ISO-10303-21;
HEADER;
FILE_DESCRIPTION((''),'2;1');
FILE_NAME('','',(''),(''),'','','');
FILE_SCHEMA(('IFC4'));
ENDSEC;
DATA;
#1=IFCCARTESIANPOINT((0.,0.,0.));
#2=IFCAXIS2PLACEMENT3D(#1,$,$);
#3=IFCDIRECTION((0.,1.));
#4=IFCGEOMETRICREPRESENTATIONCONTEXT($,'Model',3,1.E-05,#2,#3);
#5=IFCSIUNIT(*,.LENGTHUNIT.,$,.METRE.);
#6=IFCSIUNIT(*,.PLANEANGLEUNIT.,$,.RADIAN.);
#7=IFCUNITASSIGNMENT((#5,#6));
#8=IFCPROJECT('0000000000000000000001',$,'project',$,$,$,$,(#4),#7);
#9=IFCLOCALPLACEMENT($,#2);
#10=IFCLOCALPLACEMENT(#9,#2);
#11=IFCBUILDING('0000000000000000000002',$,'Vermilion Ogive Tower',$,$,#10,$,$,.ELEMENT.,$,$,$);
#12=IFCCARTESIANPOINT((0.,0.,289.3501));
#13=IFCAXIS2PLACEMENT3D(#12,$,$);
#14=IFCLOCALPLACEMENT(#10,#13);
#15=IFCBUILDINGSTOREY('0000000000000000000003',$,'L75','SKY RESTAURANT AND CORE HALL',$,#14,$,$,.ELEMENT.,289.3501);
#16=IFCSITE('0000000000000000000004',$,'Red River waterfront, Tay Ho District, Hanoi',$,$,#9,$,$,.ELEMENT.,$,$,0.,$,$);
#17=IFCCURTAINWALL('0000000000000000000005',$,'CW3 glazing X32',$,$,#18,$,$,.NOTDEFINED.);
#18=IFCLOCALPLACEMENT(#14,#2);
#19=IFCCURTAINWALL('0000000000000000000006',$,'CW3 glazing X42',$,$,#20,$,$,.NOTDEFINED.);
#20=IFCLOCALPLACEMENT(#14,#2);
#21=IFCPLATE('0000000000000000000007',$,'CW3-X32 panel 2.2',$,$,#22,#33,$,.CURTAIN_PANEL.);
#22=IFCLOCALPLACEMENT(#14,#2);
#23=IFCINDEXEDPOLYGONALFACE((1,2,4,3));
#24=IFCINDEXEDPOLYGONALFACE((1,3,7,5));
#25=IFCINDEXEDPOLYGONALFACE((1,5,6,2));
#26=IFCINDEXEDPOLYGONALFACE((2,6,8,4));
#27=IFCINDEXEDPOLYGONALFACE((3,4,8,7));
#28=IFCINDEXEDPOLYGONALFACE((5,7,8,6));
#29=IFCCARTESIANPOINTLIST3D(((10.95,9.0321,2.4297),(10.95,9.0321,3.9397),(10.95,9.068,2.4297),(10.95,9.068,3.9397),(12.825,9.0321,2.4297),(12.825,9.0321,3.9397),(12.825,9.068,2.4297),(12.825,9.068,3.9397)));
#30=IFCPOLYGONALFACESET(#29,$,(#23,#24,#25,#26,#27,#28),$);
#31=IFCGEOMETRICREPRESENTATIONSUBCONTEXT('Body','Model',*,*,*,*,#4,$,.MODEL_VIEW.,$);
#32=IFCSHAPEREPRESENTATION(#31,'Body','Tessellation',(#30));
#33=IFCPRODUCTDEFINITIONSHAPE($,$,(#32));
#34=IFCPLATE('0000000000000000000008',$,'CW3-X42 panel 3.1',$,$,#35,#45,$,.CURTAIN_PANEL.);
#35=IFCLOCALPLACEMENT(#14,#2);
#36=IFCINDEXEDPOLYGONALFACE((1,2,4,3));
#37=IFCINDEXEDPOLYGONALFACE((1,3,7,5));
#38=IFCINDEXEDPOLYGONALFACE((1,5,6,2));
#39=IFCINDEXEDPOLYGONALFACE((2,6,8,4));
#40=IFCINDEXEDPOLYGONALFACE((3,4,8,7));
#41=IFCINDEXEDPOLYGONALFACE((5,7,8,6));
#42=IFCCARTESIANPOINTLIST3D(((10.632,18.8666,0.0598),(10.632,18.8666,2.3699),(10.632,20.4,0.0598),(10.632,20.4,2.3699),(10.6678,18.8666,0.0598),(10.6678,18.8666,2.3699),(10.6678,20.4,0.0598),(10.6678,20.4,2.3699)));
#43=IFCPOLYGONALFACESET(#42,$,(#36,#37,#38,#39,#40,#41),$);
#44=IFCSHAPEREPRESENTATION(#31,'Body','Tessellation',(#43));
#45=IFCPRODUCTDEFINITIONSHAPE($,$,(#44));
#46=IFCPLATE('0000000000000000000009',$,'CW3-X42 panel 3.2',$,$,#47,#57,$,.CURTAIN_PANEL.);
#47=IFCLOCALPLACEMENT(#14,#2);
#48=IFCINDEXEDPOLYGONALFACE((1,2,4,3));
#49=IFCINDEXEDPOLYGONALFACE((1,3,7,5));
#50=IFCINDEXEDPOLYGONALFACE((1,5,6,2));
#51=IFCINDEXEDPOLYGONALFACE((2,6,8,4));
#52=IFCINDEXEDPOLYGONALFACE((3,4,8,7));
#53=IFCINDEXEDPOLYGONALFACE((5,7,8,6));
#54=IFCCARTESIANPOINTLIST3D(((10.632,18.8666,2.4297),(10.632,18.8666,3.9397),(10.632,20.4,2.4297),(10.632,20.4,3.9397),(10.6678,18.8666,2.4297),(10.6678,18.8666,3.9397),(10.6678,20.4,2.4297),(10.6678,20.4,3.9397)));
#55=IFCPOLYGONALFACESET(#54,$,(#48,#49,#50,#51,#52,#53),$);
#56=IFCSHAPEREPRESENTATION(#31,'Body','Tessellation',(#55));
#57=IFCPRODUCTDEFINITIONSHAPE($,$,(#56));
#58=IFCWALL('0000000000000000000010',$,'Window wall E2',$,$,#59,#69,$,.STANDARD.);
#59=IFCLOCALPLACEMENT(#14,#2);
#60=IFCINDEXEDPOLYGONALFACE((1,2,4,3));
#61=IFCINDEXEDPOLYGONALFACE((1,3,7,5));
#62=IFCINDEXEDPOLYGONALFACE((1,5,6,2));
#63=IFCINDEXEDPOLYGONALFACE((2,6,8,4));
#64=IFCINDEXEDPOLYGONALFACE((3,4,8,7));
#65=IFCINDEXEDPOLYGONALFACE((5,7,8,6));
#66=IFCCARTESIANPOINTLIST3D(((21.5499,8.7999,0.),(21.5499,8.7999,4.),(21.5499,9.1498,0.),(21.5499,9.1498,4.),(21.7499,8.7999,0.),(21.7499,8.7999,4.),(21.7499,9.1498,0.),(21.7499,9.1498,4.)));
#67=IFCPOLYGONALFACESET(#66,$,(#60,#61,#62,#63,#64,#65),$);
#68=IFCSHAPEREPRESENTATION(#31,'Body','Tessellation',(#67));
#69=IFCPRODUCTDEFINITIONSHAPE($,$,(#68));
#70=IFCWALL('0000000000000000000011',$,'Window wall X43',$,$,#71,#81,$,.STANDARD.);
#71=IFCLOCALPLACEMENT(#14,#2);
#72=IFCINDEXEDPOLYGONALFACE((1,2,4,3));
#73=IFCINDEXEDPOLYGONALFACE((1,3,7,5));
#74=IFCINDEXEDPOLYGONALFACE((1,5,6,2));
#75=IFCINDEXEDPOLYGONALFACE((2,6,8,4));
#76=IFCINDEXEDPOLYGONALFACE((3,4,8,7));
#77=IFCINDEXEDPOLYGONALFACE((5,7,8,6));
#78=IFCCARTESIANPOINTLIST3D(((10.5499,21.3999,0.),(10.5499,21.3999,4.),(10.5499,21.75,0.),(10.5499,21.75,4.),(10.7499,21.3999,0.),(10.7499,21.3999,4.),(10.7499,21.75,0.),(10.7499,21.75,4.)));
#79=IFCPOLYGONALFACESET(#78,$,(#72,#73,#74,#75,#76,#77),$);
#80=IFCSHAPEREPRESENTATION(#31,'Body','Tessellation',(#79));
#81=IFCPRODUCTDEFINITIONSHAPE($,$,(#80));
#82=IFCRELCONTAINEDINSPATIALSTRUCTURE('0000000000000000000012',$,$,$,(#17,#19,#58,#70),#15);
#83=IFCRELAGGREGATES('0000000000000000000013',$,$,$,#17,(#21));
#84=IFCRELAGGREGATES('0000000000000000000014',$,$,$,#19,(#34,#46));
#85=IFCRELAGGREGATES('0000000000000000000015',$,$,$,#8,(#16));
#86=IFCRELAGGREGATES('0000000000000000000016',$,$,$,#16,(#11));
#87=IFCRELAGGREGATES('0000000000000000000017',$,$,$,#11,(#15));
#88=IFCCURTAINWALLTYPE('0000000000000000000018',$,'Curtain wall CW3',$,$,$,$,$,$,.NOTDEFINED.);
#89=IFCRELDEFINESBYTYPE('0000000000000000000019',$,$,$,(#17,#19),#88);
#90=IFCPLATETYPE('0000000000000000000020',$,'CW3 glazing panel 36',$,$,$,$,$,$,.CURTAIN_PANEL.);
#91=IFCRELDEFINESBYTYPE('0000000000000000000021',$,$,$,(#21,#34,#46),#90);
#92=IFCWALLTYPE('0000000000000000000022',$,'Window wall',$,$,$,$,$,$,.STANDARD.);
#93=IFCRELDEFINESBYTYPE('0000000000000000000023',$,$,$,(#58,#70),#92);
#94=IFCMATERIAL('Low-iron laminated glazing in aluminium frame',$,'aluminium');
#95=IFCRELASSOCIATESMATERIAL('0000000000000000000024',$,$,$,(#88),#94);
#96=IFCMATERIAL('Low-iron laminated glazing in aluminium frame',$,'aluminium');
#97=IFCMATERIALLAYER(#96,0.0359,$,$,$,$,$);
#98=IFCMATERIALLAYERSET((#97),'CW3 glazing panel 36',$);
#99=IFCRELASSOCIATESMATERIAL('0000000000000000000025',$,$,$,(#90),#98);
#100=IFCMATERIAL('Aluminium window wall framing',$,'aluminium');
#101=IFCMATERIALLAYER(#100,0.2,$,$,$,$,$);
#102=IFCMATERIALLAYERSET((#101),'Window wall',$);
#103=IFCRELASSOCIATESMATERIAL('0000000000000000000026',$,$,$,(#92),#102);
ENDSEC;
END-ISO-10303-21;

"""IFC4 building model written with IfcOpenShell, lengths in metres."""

from ifc_helpers import new_model, si_unit, direction, frame, frame_2d, origin, origin_2d, place, context, subcontext, project, spatial, rectangle, extrude, material, layer, layer_set, type_object, element, aggregate, save


model = new_model("IFC4")

# Units and contexts
model_context = context("Model", 3, precision=1e-05, world=origin(), true_north=direction((0.0, 1.0)))
body_context = subcontext(model_context, "Body", "Model", "MODEL_VIEW")
ifc_project = project(units=[si_unit("LENGTHUNIT", "METRE"), si_unit("PLANEANGLEUNIT", "RADIAN")], contexts=[model_context])

# Site, building, storey
site_placement = place(None, origin())
site = spatial("IfcSite", under=ifc_project, at=site_placement, Name="Red River waterfront, Tay Ho District, Hanoi", CompositionType="ELEMENT", RefElevation=0.0)
building_placement = place(site_placement, origin())
building = spatial("IfcBuilding", under=site, at=building_placement, Name="Vermilion Ogive Tower", CompositionType="ELEMENT")
storey_placement = place(building_placement, frame((0.0, 0.0, 289.3501)))
storey = spatial("IfcBuildingStorey", under=building, at=storey_placement, Name="L75", Description="SKY RESTAURANT AND CORE HALL", CompositionType="ELEMENT", Elevation=289.3501)

# Curtain wall
ifc_material_1 = material(Name="Low-iron laminated glazing in aluminium frame", Category="aluminium")
curtain_wall_type = type_object("IfcCurtainWallType", Name="Curtain wall CW3", PredefinedType="NOTDEFINED", material=ifc_material_1)
curtain_wall_1_placement = place(storey_placement, origin())
curtain_wall_1 = element("IfcCurtainWall", 1, at=curtain_wall_1_placement, inside=storey, type_object=curtain_wall_type, Name="CW3 glazing X32", PredefinedType="NOTDEFINED")

# Curtain wall
curtain_wall_2_placement = place(storey_placement, origin())
curtain_wall_2 = element("IfcCurtainWall", 2, at=curtain_wall_2_placement, inside=storey, type_object=curtain_wall_type, Name="CW3 glazing X42", PredefinedType="NOTDEFINED")

# Plates
ifc_material_2 = material(Name="Low-iron laminated glazing in aluminium frame", Category="aluminium")
ifc_layer_1 = layer(ifc_material_2, 0.0359)
ifc_layer_set_1 = layer_set([ifc_layer_1], Name="CW3 glazing panel 36")
plate_type = type_object("IfcPlateType", Name="CW3 glazing panel 36", PredefinedType="CURTAIN_PANEL", material=ifc_layer_set_1)
plate_1_placement = place(storey_placement, frame((11.8875, 9.05, 2.4297), z_axis=(0.0, 0.0, 1.0), x_axis=(-1.0, 0.0, 0.0)))
plate_1 = element("IfcPlate", 3, at=plate_1_placement, type_object=plate_type, Name="CW3-X32 panel 2.2", PredefinedType="CURTAIN_PANEL", context=body_context, shape_type="SweptSolid", body=[
    extrude(rectangle(XDim=1.875, YDim=0.0359, at=origin_2d()), origin(), (0.0, 0.0, 1.0), 1.51),
])
aggregate(curtain_wall_1, [plate_1])
plate_2_placement = place(storey_placement, frame((10.6499, 19.6333, 0.0598), z_axis=(0.0, 0.0, 1.0), x_axis=(0.0, 1.0, 0.0)))
plate_2 = element("IfcPlate", 4, at=plate_2_placement, type_object=plate_type, Name="CW3-X42 panel 3.1", PredefinedType="CURTAIN_PANEL", context=body_context, shape_type="SweptSolid", body=[
    extrude(rectangle(XDim=1.5334, YDim=0.0359, at=origin_2d()), origin(), (0.0, 0.0, 1.0), 2.3101),
])
plate_3_placement = place(storey_placement, frame((10.6499, 19.6333, 2.4297), z_axis=(0.0, 0.0, 1.0), x_axis=(0.0, 1.0, 0.0)))
plate_3 = element("IfcPlate", 5, at=plate_3_placement, type_object=plate_type, Name="CW3-X42 panel 3.2", PredefinedType="CURTAIN_PANEL", context=body_context, shape_type="SweptSolid", body=[
    extrude(rectangle(XDim=1.5334, YDim=0.0359, at=origin_2d()), origin(), (0.0, 0.0, 1.0), 1.51),
])
aggregate(curtain_wall_2, [plate_2, plate_3])

# Walls
ifc_material_3 = material(Name="Aluminium window wall framing", Category="aluminium")
ifc_layer_2 = layer(ifc_material_3, 0.2)
ifc_layer_set_2 = layer_set([ifc_layer_2], Name="Window wall")
wall_type = type_object("IfcWallType", Name="Window wall", PredefinedType="STANDARD", material=ifc_layer_set_2)
wall_1_placement = place(storey_placement, frame((21.6499, 8.8, 0.0), z_axis=(0.0, 0.0, 1.0), x_axis=(0.0, 1.0, 0.0)))
element("IfcWall", 6, at=wall_1_placement, inside=storey, type_object=wall_type, Name="Window wall E2", PredefinedType="STANDARD", context=body_context, shape_type="SweptSolid", body=[
    extrude(rectangle(XDim=0.3499, YDim=0.2, at=frame_2d((0.1748, 0.0))), origin(), (0.0, 0.0, 1.0), 4.0),
])
wall_2_placement = place(storey_placement, frame((10.6499, 21.3999, 0.0), z_axis=(0.0, 0.0, 1.0), x_axis=(0.0, 1.0, 0.0)))
element("IfcWall", 7, at=wall_2_placement, inside=storey, type_object=wall_type, Name="Window wall X43", PredefinedType="STANDARD", context=body_context, shape_type="SweptSolid", body=[
    extrude(rectangle(XDim=0.3501, YDim=0.2, at=frame_2d((0.175, 0.0))), origin(), (0.0, 0.0, 1.0), 4.0),
])

save(model, "model.ifc")
